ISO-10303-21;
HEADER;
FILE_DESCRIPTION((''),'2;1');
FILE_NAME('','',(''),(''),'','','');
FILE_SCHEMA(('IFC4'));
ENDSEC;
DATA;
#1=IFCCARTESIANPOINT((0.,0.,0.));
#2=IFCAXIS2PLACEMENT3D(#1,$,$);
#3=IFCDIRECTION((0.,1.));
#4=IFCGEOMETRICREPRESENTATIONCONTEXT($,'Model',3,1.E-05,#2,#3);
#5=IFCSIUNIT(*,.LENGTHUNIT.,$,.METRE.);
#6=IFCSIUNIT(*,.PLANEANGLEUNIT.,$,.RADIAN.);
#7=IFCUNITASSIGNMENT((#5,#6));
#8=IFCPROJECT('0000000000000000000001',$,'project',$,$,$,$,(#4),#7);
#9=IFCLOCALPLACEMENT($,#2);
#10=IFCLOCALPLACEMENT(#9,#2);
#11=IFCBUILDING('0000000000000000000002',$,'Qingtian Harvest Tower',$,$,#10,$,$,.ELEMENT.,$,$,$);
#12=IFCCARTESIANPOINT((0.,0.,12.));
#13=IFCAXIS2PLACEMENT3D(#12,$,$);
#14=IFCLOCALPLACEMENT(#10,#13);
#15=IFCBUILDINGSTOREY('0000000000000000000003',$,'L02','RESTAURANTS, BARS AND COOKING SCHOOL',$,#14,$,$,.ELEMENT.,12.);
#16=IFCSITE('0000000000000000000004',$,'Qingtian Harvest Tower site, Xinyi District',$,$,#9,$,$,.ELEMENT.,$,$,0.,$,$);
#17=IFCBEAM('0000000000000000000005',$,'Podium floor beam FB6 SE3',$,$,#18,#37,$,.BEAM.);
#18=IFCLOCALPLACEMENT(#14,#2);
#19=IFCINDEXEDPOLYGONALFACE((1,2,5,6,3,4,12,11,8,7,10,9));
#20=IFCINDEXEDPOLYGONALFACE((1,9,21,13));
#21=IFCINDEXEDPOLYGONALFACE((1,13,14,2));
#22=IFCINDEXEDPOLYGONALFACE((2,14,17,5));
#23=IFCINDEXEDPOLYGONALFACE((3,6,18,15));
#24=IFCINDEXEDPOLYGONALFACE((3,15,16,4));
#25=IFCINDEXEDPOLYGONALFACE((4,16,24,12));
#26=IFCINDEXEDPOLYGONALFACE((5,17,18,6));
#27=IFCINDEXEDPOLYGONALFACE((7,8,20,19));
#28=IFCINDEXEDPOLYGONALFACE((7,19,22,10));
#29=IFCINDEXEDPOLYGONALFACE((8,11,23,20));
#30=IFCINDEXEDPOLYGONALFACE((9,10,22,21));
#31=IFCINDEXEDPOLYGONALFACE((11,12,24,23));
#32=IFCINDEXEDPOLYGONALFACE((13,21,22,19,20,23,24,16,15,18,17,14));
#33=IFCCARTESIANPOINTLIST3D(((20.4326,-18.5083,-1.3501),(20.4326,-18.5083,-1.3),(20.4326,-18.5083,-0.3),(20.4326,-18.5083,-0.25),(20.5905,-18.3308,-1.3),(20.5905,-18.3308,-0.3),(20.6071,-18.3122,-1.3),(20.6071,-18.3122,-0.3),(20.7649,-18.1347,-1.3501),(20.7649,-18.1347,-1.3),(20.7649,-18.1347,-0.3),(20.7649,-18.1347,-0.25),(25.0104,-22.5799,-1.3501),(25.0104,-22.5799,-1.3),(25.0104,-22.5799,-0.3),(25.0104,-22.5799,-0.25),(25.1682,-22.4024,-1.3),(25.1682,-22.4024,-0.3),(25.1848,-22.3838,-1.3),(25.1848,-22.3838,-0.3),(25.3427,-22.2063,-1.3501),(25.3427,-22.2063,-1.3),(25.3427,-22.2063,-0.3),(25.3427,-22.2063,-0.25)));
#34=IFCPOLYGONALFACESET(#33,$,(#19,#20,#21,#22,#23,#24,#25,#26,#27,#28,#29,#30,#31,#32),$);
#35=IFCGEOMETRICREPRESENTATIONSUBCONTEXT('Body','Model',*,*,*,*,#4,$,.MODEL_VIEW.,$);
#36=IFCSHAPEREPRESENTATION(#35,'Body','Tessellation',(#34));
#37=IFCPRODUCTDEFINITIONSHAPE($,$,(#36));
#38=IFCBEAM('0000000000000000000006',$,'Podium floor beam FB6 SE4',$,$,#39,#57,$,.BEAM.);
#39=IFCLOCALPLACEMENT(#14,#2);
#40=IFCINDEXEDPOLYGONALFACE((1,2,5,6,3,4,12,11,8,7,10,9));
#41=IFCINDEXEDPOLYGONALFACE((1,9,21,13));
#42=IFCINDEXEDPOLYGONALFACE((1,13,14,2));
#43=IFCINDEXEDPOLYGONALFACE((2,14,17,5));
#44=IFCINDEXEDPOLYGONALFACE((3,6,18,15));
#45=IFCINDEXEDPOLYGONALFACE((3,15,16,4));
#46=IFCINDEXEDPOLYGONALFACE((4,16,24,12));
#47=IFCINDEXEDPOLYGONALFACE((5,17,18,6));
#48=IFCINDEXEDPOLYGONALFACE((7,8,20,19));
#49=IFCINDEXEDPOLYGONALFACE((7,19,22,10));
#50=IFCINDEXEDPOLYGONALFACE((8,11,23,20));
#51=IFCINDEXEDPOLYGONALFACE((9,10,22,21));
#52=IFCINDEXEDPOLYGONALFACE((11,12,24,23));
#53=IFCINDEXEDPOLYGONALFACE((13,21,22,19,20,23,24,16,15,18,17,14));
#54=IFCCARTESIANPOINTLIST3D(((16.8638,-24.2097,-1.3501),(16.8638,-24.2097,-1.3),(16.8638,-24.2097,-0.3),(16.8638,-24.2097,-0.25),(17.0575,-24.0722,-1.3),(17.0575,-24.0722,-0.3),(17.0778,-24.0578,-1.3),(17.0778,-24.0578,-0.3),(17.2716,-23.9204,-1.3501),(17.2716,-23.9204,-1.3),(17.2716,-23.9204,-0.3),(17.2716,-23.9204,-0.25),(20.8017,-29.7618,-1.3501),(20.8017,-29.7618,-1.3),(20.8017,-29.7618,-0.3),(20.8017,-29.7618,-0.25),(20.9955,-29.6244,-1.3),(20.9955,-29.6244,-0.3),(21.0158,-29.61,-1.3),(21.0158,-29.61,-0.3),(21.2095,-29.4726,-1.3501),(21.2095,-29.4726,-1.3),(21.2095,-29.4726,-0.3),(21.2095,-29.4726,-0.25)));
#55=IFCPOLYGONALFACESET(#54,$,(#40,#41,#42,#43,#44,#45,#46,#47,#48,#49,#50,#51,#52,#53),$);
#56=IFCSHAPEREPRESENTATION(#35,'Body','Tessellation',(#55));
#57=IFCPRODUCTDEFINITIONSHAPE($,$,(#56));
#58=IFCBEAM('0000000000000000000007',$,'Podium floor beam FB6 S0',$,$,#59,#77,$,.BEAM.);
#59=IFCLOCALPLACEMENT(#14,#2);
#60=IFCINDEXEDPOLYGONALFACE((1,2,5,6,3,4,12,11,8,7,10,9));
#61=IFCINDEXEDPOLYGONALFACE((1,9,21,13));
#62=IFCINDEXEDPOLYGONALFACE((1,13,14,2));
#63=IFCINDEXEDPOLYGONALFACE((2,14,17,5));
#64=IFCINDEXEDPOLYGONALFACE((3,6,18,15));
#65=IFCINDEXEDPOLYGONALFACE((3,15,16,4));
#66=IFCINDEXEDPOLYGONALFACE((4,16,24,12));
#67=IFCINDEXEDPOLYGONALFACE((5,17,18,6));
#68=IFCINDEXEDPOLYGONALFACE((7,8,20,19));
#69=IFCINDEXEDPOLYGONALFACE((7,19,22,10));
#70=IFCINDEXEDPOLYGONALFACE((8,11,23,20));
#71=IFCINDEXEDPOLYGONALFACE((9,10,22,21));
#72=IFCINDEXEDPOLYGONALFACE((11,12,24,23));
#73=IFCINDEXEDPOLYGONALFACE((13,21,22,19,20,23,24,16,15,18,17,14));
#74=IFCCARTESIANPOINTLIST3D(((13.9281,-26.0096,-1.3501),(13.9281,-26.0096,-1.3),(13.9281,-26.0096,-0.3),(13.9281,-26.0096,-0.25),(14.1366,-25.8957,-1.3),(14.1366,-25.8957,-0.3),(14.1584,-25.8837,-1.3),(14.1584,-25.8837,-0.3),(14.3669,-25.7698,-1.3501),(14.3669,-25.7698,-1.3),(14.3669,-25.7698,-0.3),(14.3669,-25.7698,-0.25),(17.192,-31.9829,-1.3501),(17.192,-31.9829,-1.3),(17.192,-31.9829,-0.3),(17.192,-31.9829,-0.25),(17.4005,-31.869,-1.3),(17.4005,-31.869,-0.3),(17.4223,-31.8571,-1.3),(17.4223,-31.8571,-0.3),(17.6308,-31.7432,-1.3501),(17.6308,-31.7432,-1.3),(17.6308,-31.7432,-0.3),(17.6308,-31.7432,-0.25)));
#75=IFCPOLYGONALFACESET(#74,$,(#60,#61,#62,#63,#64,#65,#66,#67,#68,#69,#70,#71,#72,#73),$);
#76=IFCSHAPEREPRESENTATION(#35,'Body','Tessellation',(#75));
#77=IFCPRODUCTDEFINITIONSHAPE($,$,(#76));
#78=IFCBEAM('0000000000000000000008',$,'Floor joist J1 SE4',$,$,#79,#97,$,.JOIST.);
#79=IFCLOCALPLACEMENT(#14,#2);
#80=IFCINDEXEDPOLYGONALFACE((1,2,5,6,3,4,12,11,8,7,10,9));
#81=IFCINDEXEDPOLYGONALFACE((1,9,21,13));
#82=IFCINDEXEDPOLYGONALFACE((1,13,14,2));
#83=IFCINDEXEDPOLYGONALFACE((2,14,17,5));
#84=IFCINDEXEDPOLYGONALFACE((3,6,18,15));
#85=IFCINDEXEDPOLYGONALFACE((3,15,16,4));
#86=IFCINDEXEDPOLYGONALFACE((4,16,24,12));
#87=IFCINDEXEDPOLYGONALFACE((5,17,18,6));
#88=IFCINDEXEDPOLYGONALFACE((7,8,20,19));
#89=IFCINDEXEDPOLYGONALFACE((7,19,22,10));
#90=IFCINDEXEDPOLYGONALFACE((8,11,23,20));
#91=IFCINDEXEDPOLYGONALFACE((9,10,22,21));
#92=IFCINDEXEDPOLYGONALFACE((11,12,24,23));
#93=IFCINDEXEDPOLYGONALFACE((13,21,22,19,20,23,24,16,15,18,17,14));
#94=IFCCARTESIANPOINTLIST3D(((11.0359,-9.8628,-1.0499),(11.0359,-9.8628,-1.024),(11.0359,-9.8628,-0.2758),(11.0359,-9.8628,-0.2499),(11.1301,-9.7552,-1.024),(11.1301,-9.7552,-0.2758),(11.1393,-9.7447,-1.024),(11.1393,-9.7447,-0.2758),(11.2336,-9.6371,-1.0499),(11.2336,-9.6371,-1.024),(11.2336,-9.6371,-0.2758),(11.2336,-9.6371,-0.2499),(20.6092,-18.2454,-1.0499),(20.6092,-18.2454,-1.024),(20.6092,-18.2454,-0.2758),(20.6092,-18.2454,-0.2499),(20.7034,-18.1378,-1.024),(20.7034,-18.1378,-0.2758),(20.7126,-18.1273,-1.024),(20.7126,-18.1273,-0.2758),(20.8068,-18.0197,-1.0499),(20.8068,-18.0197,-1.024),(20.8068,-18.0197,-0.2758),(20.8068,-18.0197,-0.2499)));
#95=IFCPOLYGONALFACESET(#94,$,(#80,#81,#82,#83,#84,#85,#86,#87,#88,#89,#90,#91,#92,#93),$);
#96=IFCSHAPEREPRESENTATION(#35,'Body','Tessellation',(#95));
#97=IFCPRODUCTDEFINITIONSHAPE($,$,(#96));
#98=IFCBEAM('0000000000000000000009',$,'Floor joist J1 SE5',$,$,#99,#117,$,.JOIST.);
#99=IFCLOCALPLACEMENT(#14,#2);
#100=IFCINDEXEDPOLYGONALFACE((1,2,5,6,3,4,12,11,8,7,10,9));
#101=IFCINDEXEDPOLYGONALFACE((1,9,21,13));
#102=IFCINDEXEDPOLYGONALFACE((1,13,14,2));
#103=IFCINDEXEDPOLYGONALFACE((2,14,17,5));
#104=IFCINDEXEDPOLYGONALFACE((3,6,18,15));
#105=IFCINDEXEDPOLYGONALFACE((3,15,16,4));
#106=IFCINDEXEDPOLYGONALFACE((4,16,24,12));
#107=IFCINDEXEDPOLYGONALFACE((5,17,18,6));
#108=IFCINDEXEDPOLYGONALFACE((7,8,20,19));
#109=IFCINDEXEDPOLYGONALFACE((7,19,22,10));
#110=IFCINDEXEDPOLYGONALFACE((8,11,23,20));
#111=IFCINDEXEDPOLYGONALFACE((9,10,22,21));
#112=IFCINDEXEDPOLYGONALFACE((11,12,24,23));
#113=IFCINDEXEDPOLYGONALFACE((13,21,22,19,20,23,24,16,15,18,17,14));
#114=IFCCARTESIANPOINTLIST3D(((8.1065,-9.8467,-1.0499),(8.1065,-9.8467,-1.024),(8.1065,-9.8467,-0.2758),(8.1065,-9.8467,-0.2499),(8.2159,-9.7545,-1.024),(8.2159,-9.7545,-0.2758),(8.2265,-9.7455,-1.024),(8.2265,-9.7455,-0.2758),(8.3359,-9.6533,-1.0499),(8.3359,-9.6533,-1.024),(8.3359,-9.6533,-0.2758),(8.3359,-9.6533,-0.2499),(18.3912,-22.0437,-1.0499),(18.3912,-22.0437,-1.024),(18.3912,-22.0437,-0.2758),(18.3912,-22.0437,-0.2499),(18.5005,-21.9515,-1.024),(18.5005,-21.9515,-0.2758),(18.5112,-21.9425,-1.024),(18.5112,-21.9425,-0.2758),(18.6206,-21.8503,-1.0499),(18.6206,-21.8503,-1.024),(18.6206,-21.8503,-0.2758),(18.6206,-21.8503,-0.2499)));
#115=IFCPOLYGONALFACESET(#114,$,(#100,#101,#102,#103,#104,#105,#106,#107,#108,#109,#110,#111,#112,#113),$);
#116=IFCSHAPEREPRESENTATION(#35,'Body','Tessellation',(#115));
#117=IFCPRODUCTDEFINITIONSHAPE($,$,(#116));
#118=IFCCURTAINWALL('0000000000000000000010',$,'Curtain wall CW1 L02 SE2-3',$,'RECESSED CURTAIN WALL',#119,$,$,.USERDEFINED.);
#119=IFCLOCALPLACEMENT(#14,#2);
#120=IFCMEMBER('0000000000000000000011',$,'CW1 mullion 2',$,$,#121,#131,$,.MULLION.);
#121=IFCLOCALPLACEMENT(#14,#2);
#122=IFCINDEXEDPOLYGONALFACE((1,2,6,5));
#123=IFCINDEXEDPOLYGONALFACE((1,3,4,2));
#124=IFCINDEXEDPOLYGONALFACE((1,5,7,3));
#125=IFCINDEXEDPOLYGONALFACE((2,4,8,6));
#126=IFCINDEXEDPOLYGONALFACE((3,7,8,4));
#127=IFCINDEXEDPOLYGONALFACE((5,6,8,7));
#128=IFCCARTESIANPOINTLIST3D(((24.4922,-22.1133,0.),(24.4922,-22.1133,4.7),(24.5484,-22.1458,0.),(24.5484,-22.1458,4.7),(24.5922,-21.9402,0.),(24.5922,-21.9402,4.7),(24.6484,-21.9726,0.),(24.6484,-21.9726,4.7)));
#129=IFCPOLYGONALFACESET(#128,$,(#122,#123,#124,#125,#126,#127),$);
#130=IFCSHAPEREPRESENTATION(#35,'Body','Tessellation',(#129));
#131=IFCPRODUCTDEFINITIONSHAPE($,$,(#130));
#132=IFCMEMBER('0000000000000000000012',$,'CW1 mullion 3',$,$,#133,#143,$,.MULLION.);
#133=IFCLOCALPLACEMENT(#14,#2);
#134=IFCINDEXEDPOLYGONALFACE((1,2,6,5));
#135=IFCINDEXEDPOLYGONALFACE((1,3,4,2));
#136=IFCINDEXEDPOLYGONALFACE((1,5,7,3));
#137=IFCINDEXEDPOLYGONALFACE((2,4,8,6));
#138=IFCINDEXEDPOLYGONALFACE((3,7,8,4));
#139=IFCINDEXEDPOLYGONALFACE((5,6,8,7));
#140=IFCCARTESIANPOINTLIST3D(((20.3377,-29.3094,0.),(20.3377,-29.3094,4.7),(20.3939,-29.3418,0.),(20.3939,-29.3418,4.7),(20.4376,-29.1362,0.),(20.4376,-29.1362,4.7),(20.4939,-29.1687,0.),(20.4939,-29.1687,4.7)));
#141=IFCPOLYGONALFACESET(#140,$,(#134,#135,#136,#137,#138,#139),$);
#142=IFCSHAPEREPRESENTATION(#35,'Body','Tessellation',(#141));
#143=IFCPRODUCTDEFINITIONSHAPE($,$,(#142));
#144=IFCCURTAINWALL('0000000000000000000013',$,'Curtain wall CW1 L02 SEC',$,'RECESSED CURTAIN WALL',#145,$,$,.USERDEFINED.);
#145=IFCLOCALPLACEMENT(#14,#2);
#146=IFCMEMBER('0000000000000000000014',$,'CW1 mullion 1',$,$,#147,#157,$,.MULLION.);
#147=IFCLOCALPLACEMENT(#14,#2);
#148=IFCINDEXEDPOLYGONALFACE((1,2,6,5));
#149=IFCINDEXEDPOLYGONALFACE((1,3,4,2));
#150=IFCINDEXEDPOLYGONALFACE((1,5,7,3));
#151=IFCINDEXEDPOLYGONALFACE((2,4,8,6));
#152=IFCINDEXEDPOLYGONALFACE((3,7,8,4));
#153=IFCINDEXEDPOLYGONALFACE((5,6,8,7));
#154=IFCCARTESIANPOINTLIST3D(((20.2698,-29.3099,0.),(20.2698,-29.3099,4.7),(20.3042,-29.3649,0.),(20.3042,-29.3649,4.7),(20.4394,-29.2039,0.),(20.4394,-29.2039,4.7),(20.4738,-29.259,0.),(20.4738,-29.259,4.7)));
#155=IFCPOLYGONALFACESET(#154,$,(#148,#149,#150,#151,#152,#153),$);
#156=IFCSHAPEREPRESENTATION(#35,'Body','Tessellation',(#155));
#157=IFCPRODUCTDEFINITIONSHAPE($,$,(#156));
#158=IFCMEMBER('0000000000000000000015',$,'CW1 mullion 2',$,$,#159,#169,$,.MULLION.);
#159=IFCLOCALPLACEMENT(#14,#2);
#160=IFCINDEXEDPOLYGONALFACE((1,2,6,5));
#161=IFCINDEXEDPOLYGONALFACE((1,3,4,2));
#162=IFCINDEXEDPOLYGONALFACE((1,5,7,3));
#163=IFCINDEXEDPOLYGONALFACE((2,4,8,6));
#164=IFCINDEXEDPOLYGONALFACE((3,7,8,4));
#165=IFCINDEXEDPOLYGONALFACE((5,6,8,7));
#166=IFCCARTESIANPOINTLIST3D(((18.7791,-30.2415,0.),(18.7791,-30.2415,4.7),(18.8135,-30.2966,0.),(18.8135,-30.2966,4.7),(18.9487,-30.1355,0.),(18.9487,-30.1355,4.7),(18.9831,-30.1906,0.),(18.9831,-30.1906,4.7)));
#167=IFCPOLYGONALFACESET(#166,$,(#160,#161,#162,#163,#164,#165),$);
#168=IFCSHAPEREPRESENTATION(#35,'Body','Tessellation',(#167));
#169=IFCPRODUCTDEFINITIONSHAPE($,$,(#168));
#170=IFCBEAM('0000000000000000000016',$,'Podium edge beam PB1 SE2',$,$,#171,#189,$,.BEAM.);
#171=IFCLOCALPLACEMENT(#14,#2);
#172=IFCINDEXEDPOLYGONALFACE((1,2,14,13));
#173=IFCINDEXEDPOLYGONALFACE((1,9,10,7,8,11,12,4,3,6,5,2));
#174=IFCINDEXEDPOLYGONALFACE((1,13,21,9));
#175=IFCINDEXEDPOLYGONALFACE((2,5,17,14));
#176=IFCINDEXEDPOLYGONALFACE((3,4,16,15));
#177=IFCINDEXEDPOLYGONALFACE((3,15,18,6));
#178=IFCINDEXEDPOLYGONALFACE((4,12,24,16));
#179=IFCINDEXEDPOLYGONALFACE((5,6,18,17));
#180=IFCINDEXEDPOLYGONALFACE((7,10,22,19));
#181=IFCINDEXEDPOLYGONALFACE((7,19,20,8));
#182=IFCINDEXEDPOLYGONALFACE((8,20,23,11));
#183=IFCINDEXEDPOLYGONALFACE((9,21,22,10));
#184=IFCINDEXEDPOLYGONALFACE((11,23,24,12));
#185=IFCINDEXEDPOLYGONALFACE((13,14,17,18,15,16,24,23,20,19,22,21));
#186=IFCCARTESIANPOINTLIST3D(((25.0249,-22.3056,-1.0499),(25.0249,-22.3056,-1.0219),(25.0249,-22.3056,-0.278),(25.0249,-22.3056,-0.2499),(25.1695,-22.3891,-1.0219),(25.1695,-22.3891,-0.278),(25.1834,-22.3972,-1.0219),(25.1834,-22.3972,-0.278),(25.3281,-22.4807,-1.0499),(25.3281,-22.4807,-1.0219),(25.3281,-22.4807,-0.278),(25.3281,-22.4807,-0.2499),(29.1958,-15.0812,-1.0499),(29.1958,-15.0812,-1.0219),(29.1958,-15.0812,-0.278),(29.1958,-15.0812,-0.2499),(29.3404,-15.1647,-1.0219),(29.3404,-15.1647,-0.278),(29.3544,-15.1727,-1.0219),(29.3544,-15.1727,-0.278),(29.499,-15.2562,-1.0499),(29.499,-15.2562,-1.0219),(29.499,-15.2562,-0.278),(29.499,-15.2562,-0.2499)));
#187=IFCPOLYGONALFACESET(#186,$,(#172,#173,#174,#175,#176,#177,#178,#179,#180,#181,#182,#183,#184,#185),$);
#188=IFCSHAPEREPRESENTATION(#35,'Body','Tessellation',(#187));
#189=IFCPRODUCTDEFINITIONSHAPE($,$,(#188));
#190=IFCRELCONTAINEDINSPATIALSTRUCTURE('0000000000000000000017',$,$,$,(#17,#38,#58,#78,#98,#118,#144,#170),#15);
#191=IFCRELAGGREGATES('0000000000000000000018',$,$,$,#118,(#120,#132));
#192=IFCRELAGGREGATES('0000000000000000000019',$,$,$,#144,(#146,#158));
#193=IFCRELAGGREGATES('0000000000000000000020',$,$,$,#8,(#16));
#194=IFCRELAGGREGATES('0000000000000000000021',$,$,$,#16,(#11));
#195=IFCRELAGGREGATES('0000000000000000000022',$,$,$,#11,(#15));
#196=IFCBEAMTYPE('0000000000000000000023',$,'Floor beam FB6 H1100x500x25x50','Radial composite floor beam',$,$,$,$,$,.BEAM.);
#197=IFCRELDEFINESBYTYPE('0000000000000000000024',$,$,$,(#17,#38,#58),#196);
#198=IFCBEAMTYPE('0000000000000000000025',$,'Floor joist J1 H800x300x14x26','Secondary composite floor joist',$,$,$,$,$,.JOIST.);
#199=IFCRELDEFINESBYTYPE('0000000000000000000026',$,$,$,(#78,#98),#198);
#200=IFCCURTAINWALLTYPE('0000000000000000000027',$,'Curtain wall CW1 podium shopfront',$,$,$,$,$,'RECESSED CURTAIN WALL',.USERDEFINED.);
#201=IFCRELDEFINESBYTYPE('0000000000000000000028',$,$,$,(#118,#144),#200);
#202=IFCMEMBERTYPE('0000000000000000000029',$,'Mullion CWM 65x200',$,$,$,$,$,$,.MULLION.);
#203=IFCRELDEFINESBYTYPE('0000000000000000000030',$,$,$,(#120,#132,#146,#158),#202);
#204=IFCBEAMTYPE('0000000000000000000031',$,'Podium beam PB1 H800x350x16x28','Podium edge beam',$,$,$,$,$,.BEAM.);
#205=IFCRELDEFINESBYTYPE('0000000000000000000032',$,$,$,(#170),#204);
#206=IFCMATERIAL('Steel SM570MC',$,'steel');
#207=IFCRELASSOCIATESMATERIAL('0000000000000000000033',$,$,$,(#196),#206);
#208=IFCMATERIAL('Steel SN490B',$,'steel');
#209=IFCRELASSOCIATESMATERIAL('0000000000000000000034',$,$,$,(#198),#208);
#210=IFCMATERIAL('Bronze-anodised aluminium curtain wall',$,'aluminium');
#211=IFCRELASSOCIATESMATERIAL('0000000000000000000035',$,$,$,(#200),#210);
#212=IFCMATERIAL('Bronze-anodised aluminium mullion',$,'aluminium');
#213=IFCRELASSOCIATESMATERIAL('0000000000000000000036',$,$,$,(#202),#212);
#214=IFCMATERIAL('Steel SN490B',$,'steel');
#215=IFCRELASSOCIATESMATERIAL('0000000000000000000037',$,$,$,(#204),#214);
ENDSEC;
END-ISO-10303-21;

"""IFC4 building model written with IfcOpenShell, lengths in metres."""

from ifc_helpers import new_model, si_unit, direction, frame, origin, origin_2d, place, context, subcontext, project, spatial, rectangle, i_section, extrude, material, material_profile, profile_set, type_object, element, aggregate, save


model = new_model("IFC4")

# Units and contexts
model_context = context("Model", 3, precision=1e-05, world=origin(), true_north=direction((0.0, 1.0)))
body_context = subcontext(model_context, "Body", "Model", "MODEL_VIEW")
ifc_project = project(units=[si_unit("LENGTHUNIT", "METRE"), si_unit("PLANEANGLEUNIT", "RADIAN")], contexts=[model_context])

# Site, building, storey
site_placement = place(None, origin())
site = spatial("IfcSite", under=ifc_project, at=site_placement, Name="Qingtian Harvest Tower site, Xinyi District", CompositionType="ELEMENT", RefElevation=0.0)
building_placement = place(site_placement, origin())
building = spatial("IfcBuilding", under=site, at=building_placement, Name="Qingtian Harvest Tower", CompositionType="ELEMENT")
storey_placement = place(building_placement, frame((0.0, 0.0, 12.0)))
storey = spatial("IfcBuildingStorey", under=building, at=storey_placement, Name="L02", Description="RESTAURANTS, BARS AND COOKING SCHOOL", CompositionType="ELEMENT", Elevation=12.0)

# Beams
ifc_material_1 = material(Name="Steel SM570MC", Category="steel")
ifc_material_profile_1 = material_profile(ifc_material_1, i_section(OverallWidth=0.5, OverallDepth=1.1001, WebThickness=0.0249, FlangeThickness=0.05, at=origin_2d()), Name="H1100x500x25x50")
ifc_profile_set_1 = profile_set([ifc_material_profile_1], Name="Steel SM570MC")
beam_type_1 = type_object("IfcBeamType", Name="Floor beam FB6 H1100x500x25x50", Description="Radial composite floor beam", PredefinedType="BEAM", material=ifc_profile_set_1)
beam_1_placement = place(storey_placement, frame((25.1765, -22.3931, -0.8), z_axis=(-0.747205, 0.664594, 0.0), x_axis=(-0.664594, -0.747205, 0.0)))
element("IfcBeam", 1, at=beam_1_placement, inside=storey, type_object=beam_type_1, Name="Podium floor beam FB6 SE3", PredefinedType="BEAM", context=body_context, shape_type="SweptSolid", body=[
    extrude(i_section(OverallWidth=0.5, OverallDepth=1.1001, WebThickness=0.0249, FlangeThickness=0.05, at=origin_2d()), origin(), (0.0, 0.0, 1.0), 6.1265),
])
for number, where, z_axis, x_axis, name in (
    (2, (21.0056, -29.6172, -0.8), (-0.578521, 0.815668, 0.0), (-0.815668, -0.578521, 0.0), "Podium floor beam FB6 SE4"),
    (3, (17.4114, -31.863, -0.8), (-0.479498, 0.877543, 0.0), (-0.877543, -0.479498, 0.0), "Podium floor beam FB6 S0"),
):
    element("IfcBeam", number, at=place(storey_placement, frame(where, z_axis=z_axis, x_axis=x_axis)), inside=storey, type_object=beam_type_1, Name=name, PredefinedType="BEAM", context=body_context, shape_type="SweptSolid", body=[
        extrude(i_section(OverallWidth=0.5, OverallDepth=1.1001, WebThickness=0.0249, FlangeThickness=0.05, at=origin_2d()), origin(), (0.0, 0.0, 1.0), 6.8069),
    ])
ifc_material_2 = material(Name="Steel SN490B", Category="steel")
ifc_material_profile_2 = material_profile(ifc_material_2, i_section(OverallWidth=0.3, OverallDepth=0.8, WebThickness=0.0139, FlangeThickness=0.0259, at=origin_2d()), Name="H800x300x14x26")
ifc_profile_set_2 = profile_set([ifc_material_profile_2], Name="Steel SN490B")
beam_type_2 = type_object("IfcBeamType", Name="Floor joist J1 H800x300x14x26", Description="Secondary composite floor joist", PredefinedType="JOIST", material=ifc_profile_set_2)
beam_2_placement = place(storey_placement, frame((20.708, -18.1326, -0.6499), z_axis=(-0.752344, 0.658771, 0.0), x_axis=(-0.658771, -0.752344, 0.0)))
element("IfcBeam", 4, at=beam_2_placement, inside=storey, type_object=beam_type_2, Name="Floor joist J1 SE4", PredefinedType="JOIST", context=body_context, shape_type="SweptSolid", body=[
    extrude(i_section(OverallWidth=0.3, OverallDepth=0.8, WebThickness=0.0139, FlangeThickness=0.0259, at=origin_2d()), origin(), (0.0, 0.0, 1.0), 12.7246),
])
beam_3_placement = place(storey_placement, frame((18.5059, -21.947, -0.6499), z_axis=(-0.64463, 0.764494, 0.0), x_axis=(-0.764494, -0.64463, 0.0)))
element("IfcBeam", 5, at=beam_3_placement, inside=storey, type_object=beam_type_2, Name="Floor joist J1 SE5", PredefinedType="JOIST", context=body_context, shape_type="SweptSolid", body=[
    extrude(i_section(OverallWidth=0.3, OverallDepth=0.8, WebThickness=0.0139, FlangeThickness=0.0259, at=origin_2d()), origin(), (0.0, 0.0, 1.0), 15.9543),
])

# Curtain walls, members
ifc_material_3 = material(Name="Bronze-anodised aluminium curtain wall", Category="aluminium")
curtain_wall_type = type_object("IfcCurtainWallType", Name="Curtain wall CW1 podium shopfront", ElementType="RECESSED CURTAIN WALL", PredefinedType="USERDEFINED", material=ifc_material_3)
curtain_wall_1_placement = place(storey_placement, origin())
curtain_wall_1 = element("IfcCurtainWall", 6, at=curtain_wall_1_placement, inside=storey, type_object=curtain_wall_type, Name="Curtain wall CW1 L02 SE2-3", ObjectType="RECESSED CURTAIN WALL", PredefinedType="USERDEFINED")
ifc_material_4 = material(Name="Bronze-anodised aluminium mullion", Category="aluminium")
ifc_material_profile_3 = material_profile(ifc_material_4, rectangle(XDim=0.0649, YDim=0.2, at=origin_2d()), Name="AL 65x200")
ifc_profile_set_3 = profile_set([ifc_material_profile_3], Name="Bronze-anodised aluminium mullion")
member_type_1 = type_object("IfcMemberType", Name="Mullion CWM 65x200", PredefinedType="MULLION", material=ifc_profile_set_3)
member_1_placement = place(storey_placement, frame((24.5703, -22.043, 0.0), z_axis=(0.0, 0.0, 1.0), x_axis=(0.866025, -0.5, 0.0)))
member_1 = element("IfcMember", 7, at=member_1_placement, type_object=member_type_1, Name="CW1 mullion 2", PredefinedType="MULLION", context=body_context, shape_type="SweptSolid", body=[
    extrude(rectangle(XDim=0.0649, YDim=0.2, at=origin_2d()), origin(), (0.0, 0.0, 1.0), 4.7),
])
member_2_placement = place(storey_placement, frame((20.4158, -29.239, 0.0), z_axis=(0.0, 0.0, 1.0), x_axis=(0.866025, -0.5, 0.0)))
member_2 = element("IfcMember", 8, at=member_2_placement, type_object=member_type_1, Name="CW1 mullion 3", PredefinedType="MULLION", context=body_context, shape_type="SweptSolid", body=[
    extrude(rectangle(XDim=0.0649, YDim=0.2, at=origin_2d()), origin(), (0.0, 0.0, 1.0), 4.7),
])
curtain_wall_2_placement = place(storey_placement, origin())
curtain_wall_2 = element("IfcCurtainWall", 9, at=curtain_wall_2_placement, inside=storey, type_object=curtain_wall_type, Name="Curtain wall CW1 L02 SEC", ObjectType="RECESSED CURTAIN WALL", PredefinedType="USERDEFINED")
member_3_placement = place(storey_placement, frame((20.3718, -29.2844, 0.0), z_axis=(0.0, 0.0, 1.0), x_axis=(0.529919, -0.848048, 0.0)))
member_3 = element("IfcMember", 10, at=member_3_placement, type_object=member_type_1, Name="CW1 mullion 1", PredefinedType="MULLION", context=body_context, shape_type="SweptSolid", body=[
    extrude(rectangle(XDim=0.0649, YDim=0.2, at=origin_2d()), origin(), (0.0, 0.0, 1.0), 4.7),
])
member_4_placement = place(storey_placement, frame((18.8811, -30.2161, 0.0), z_axis=(0.0, 0.0, 1.0), x_axis=(0.529919, -0.848048, 0.0)))
member_4 = element("IfcMember", 11, at=member_4_placement, type_object=member_type_1, Name="CW1 mullion 2", PredefinedType="MULLION", context=body_context, shape_type="SweptSolid", body=[
    extrude(rectangle(XDim=0.0649, YDim=0.2, at=origin_2d()), origin(), (0.0, 0.0, 1.0), 4.7),
])

# Beam
ifc_material_5 = material(Name="Steel SN490B", Category="steel")
ifc_material_profile_4 = material_profile(ifc_material_5, i_section(OverallWidth=0.3501, OverallDepth=0.8, WebThickness=0.0161, FlangeThickness=0.0281, at=origin_2d()), Name="H800x350x16x28")
ifc_profile_set_4 = profile_set([ifc_material_profile_4], Name="Steel SN490B")
beam_type_3 = type_object("IfcBeamType", Name="Podium beam PB1 H800x350x16x28", Description="Podium edge beam", PredefinedType="BEAM", material=ifc_profile_set_4)
beam_4_placement = place(storey_placement, frame((29.3474, -15.1687, -0.6499), z_axis=(-0.499992, -0.86603, 0.0), x_axis=(0.86603, -0.499992, 0.0)))
element("IfcBeam", 12, at=beam_4_placement, inside=storey, type_object=beam_type_3, Name="Podium edge beam PB1 SE2", PredefinedType="BEAM", context=body_context, shape_type="SweptSolid", body=[
    extrude(i_section(OverallWidth=0.3501, OverallDepth=0.8, WebThickness=0.0161, FlangeThickness=0.0281, at=origin_2d()), origin(), (0.0, 0.0, 1.0), 8.342),
])

aggregate(curtain_wall_1, [member_1, member_2])
aggregate(curtain_wall_2, [member_3, member_4])

save(model, "model.ifc")
